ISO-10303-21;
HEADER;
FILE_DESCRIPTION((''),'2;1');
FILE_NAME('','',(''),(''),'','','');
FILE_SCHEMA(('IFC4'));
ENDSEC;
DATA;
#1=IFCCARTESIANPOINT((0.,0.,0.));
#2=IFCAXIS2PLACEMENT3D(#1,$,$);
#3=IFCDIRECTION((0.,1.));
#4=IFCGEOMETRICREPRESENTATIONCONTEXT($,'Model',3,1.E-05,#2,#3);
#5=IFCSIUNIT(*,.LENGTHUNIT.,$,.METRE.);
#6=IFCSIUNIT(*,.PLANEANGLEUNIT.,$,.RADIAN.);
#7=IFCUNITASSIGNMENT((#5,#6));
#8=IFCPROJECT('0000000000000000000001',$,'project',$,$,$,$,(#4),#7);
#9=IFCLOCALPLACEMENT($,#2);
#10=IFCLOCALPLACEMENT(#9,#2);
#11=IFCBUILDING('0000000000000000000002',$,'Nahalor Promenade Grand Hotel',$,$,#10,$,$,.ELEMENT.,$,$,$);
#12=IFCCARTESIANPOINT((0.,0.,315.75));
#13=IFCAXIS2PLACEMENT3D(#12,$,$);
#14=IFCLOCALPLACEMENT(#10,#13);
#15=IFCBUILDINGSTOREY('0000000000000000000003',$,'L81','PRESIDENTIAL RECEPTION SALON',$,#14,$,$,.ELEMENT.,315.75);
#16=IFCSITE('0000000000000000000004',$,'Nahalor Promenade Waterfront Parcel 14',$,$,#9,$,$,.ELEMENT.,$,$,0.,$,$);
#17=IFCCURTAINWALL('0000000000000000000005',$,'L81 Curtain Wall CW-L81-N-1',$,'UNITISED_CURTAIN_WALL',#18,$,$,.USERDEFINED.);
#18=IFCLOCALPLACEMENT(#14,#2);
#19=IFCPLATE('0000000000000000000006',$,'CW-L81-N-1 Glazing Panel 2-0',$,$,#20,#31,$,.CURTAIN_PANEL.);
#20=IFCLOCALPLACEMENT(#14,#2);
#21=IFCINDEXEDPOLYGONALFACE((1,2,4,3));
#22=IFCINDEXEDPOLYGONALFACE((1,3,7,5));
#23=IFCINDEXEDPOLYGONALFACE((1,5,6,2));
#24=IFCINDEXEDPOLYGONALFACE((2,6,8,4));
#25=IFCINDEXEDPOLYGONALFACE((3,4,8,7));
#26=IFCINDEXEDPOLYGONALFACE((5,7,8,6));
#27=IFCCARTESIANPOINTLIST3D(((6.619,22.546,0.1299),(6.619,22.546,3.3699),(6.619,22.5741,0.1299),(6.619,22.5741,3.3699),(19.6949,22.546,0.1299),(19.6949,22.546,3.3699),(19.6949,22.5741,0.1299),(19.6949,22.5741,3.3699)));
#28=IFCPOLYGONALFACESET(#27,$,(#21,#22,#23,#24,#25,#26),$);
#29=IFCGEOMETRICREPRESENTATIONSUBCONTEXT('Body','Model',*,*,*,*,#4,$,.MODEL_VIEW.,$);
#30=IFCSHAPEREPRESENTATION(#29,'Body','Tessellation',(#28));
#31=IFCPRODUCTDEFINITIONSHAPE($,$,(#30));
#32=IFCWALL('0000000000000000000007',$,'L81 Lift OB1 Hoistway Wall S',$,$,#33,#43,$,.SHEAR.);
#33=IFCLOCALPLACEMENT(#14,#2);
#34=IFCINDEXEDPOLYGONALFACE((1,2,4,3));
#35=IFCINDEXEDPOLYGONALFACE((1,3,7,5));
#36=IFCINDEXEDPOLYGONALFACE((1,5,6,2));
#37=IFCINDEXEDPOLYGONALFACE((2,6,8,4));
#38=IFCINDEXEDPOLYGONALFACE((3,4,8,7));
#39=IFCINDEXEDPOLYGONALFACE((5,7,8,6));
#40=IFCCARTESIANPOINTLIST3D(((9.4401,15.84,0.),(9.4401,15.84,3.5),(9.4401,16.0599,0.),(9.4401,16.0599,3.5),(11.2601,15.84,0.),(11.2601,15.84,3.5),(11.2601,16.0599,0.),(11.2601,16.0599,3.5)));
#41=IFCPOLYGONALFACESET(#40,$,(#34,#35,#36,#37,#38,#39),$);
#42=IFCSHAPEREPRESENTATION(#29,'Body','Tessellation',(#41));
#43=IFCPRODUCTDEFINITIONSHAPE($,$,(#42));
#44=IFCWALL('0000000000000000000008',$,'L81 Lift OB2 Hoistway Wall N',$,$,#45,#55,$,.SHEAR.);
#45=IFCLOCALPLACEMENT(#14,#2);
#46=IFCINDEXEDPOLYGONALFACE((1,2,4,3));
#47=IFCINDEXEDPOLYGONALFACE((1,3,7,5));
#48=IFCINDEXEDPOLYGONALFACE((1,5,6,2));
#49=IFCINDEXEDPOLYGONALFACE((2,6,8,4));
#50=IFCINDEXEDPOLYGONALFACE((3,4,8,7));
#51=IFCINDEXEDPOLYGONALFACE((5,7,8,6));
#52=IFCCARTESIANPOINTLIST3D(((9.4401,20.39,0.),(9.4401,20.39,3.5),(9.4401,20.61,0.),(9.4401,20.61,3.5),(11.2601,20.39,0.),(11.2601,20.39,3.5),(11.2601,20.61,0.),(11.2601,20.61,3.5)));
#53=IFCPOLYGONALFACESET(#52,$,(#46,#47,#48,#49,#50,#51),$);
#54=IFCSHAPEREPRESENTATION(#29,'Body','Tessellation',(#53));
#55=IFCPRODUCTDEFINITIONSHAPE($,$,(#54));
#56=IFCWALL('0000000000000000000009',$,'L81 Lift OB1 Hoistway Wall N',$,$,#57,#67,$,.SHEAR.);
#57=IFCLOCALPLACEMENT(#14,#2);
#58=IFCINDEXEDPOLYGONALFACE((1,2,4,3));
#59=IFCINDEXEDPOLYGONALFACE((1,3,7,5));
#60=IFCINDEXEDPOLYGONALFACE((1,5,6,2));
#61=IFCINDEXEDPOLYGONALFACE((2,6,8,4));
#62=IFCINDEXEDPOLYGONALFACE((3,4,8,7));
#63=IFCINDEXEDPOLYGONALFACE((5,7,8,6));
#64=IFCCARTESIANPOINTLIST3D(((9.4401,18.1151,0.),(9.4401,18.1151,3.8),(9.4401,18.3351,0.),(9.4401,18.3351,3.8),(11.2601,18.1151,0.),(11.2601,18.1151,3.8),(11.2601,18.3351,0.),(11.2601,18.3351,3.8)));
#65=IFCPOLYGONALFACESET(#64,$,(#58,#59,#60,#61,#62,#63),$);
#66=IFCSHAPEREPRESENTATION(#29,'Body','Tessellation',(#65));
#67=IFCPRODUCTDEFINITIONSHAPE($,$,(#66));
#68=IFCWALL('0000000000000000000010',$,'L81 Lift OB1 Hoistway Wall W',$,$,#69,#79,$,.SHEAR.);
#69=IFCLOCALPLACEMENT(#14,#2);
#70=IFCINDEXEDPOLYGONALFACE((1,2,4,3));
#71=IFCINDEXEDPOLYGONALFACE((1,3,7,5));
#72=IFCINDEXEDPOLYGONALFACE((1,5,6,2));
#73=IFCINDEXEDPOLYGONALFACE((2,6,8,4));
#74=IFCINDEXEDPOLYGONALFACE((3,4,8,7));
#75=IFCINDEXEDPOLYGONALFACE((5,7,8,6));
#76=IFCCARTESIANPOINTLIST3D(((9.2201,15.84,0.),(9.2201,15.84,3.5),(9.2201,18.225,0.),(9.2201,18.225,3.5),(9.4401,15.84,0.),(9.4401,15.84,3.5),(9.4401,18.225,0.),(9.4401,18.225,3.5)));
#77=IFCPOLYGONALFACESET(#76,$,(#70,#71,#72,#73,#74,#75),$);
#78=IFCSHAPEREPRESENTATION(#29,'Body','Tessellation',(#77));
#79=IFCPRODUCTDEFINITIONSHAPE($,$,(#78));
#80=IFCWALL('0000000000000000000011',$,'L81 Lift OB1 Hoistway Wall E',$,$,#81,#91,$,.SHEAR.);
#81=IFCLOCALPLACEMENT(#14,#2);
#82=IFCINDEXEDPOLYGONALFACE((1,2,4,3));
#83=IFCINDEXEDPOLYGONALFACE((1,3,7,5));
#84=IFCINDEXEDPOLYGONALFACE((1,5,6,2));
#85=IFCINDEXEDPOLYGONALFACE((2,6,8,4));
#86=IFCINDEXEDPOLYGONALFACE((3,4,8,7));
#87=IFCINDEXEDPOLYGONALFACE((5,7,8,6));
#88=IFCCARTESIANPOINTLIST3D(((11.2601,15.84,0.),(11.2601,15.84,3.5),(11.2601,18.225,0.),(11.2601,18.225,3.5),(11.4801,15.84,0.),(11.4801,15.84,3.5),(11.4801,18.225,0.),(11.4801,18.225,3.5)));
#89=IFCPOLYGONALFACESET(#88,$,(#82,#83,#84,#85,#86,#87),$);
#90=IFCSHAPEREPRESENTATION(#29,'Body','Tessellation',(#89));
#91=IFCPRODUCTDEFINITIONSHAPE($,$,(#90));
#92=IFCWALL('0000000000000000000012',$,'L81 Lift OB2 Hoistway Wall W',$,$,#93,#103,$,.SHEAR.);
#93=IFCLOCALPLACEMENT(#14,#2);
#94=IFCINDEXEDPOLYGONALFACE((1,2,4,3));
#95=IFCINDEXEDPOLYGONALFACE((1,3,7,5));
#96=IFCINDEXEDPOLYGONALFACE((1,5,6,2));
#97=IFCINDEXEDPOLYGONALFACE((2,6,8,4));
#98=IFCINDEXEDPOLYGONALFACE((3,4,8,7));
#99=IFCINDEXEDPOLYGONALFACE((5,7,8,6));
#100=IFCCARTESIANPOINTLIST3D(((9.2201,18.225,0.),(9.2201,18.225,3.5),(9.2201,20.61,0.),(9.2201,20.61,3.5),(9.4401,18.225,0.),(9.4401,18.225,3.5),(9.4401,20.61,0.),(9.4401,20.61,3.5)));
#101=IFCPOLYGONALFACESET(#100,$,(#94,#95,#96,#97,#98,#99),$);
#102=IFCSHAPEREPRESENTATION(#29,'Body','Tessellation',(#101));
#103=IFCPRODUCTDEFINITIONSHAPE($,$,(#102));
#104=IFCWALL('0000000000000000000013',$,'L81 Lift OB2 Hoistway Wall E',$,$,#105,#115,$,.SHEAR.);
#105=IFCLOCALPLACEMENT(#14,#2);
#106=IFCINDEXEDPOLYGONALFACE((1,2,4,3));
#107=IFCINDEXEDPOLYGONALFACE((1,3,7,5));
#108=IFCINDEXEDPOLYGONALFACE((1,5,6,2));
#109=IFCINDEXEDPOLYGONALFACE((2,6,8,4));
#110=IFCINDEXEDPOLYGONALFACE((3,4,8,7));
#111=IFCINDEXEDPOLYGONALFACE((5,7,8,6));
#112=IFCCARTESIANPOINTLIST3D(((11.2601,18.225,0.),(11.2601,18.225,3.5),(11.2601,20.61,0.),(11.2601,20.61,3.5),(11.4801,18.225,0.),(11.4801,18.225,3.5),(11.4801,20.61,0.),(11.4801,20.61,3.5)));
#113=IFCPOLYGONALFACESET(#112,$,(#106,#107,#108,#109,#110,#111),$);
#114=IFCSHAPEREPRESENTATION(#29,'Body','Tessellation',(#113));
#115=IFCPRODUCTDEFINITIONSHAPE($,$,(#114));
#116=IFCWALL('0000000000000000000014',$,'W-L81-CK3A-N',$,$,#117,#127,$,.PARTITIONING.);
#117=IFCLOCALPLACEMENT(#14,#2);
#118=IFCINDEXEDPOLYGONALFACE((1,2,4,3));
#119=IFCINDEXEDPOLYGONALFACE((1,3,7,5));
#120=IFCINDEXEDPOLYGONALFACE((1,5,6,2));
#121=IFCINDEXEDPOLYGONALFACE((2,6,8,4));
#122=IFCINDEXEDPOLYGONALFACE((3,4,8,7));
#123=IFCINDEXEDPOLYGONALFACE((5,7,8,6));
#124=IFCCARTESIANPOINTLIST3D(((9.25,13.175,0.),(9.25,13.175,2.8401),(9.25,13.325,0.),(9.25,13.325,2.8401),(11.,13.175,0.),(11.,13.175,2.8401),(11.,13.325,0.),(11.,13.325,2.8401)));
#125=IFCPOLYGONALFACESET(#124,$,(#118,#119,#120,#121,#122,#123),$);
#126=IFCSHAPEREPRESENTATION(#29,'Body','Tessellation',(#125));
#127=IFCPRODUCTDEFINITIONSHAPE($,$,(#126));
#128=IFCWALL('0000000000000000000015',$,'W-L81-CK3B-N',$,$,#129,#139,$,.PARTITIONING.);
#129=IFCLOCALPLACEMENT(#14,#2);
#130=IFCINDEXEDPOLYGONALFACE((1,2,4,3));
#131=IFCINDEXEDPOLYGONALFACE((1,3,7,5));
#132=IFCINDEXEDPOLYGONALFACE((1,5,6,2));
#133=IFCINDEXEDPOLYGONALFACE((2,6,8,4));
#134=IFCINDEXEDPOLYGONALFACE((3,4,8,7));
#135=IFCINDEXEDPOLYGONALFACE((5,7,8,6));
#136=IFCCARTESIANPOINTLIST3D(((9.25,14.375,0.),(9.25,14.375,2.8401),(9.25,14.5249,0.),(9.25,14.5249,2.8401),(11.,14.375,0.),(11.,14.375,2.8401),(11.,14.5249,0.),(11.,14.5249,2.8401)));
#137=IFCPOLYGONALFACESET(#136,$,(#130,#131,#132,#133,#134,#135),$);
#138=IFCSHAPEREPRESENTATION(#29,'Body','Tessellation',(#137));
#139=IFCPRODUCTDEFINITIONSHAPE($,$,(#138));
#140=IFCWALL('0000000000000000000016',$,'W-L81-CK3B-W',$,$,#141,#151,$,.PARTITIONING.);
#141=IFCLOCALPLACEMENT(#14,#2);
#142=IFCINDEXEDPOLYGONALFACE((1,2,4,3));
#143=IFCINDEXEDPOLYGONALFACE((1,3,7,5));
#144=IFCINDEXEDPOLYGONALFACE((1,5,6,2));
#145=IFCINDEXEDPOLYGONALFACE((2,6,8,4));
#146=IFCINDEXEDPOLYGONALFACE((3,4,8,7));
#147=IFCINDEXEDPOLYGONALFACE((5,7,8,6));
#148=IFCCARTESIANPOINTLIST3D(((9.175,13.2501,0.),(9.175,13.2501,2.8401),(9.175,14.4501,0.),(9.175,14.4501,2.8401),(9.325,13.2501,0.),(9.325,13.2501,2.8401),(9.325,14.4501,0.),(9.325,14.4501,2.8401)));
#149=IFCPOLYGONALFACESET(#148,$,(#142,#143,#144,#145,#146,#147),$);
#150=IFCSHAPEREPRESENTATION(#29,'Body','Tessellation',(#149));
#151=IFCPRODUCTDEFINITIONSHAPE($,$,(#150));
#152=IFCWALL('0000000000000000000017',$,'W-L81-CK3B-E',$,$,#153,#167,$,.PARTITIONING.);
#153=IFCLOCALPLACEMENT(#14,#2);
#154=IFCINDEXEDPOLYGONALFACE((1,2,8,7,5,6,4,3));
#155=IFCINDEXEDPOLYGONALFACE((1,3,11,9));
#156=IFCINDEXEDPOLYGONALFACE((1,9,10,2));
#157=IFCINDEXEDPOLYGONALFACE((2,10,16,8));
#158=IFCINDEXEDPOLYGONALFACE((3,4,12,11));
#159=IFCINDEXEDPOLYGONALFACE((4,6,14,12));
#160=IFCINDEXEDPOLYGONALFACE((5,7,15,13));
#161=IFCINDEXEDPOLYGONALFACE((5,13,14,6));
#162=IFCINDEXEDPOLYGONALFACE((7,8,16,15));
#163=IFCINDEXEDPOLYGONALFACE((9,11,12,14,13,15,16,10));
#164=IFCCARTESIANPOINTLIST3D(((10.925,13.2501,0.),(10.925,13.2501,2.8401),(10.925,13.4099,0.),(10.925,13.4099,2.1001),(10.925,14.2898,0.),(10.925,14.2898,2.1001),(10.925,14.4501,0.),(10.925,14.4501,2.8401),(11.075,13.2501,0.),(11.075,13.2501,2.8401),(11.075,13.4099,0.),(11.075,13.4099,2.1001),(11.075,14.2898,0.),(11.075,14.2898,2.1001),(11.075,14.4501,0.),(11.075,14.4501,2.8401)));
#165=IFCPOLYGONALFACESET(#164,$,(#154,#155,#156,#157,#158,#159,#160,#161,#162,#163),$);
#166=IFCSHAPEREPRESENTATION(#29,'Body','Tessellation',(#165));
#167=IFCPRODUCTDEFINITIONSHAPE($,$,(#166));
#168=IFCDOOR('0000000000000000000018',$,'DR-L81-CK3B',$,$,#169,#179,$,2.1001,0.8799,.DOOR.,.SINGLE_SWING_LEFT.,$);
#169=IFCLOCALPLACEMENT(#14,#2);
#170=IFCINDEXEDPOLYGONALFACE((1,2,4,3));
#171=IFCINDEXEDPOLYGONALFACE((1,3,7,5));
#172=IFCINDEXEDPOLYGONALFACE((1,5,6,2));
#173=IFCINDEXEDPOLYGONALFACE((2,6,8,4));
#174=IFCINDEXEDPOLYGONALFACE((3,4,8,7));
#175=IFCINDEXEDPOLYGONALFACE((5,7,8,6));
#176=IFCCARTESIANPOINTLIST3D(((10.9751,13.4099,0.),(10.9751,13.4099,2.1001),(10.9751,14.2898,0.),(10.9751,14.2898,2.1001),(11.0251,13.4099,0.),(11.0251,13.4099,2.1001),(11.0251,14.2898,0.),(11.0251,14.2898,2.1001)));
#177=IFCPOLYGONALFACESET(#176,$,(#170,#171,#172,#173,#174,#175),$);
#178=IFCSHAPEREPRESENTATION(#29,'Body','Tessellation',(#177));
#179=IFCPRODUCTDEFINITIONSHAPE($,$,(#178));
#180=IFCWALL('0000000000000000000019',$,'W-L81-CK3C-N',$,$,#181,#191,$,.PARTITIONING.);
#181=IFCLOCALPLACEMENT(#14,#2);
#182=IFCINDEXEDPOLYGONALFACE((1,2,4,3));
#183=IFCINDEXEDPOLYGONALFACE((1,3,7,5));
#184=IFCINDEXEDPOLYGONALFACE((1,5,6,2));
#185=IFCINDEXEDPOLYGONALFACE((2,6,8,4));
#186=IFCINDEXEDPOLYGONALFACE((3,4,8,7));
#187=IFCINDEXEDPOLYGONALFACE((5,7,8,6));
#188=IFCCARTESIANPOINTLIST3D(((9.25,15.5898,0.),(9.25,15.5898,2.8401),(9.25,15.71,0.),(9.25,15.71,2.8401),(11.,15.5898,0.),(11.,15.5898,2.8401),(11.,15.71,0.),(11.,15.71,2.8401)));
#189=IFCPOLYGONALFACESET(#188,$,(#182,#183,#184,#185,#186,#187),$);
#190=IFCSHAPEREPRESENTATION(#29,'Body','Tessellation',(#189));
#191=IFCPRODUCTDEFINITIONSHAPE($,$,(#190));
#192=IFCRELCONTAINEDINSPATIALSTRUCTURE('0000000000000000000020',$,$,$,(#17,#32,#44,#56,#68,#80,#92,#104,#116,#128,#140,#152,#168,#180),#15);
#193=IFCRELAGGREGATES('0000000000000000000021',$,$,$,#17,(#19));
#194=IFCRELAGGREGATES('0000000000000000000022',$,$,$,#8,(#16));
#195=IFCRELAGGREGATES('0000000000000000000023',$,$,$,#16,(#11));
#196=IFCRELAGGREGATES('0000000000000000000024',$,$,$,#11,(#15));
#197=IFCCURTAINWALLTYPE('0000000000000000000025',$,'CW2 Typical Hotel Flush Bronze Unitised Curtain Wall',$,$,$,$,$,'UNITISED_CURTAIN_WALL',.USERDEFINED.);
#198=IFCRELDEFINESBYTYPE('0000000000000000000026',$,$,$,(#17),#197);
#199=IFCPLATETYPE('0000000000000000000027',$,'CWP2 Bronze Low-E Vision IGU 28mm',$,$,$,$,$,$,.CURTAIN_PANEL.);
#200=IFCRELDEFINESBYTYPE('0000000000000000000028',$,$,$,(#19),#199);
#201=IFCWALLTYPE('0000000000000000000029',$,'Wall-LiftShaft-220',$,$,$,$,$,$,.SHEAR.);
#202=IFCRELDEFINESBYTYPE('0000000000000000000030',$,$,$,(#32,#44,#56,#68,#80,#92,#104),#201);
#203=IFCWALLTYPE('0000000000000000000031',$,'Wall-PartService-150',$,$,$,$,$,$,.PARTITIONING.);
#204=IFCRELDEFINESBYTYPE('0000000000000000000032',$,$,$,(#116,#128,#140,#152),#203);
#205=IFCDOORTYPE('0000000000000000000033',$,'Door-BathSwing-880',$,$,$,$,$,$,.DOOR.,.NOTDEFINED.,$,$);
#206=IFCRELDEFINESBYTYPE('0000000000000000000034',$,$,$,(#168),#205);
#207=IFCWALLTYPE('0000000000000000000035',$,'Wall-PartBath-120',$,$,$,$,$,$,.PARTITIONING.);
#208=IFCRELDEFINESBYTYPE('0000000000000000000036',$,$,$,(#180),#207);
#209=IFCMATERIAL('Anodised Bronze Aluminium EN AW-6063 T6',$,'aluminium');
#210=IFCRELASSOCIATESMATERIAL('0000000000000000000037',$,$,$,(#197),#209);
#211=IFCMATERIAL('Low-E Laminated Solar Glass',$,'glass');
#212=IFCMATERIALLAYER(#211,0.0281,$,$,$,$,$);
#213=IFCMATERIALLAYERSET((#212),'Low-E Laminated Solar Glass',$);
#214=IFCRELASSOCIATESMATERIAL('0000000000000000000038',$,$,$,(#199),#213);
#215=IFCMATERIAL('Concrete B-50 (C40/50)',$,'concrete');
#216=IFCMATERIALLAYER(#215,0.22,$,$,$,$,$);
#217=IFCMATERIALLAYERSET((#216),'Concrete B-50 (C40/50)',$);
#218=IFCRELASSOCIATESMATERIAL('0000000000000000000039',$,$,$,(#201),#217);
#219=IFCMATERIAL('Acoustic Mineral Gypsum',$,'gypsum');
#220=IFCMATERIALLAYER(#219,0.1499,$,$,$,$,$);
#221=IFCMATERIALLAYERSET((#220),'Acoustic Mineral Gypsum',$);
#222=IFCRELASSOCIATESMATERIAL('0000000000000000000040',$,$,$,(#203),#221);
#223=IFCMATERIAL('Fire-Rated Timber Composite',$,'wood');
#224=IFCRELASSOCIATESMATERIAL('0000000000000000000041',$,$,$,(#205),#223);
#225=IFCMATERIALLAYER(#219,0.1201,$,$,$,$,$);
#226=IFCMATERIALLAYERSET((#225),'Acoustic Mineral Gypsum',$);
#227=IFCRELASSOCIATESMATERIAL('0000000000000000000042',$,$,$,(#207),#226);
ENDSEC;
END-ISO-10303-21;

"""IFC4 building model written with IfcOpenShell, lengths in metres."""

from ifc_helpers import new_model, si_unit, direction, frame, frame_2d, origin, origin_2d, place, context, subcontext, project, spatial, rectangle, extrude, source, transform, mapped, material, layer, layer_set, type_object, element, fill, aggregate, save


model = new_model("IFC4")

# Units and contexts
model_context = context("Model", 3, precision=1e-05, world=origin(), true_north=direction((0.0, 1.0)))
body_context = subcontext(model_context, "Body", "Model", "MODEL_VIEW")
ifc_project = project(units=[si_unit("LENGTHUNIT", "METRE"), si_unit("PLANEANGLEUNIT", "RADIAN")], contexts=[model_context])

# Site, building, storey
site_placement = place(None, origin())
site = spatial("IfcSite", under=ifc_project, at=site_placement, Name="Nahalor Promenade Waterfront Parcel 14", CompositionType="ELEMENT", RefElevation=0.0)
building_placement = place(site_placement, origin())
building = spatial("IfcBuilding", under=site, at=building_placement, Name="Nahalor Promenade Grand Hotel", CompositionType="ELEMENT")
storey_placement = place(building_placement, frame((0.0, 0.0, 315.75)))
storey = spatial("IfcBuildingStorey", under=building, at=storey_placement, Name="L81", Description="PRESIDENTIAL RECEPTION SALON", CompositionType="ELEMENT", Elevation=315.75)

# Shared definitions
ifc_material_1 = material(Name="Concrete B-50 (C40/50)", Category="concrete")

# Curtain wall, plate
ifc_material_2 = material(Name="Anodised Bronze Aluminium EN AW-6063 T6", Category="aluminium")
curtain_wall_type = type_object("IfcCurtainWallType", Name="CW2 Typical Hotel Flush Bronze Unitised Curtain Wall", ElementType="UNITISED_CURTAIN_WALL", PredefinedType="USERDEFINED", material=ifc_material_2)
curtain_wall_placement = place(storey_placement, origin())
curtain_wall = element("IfcCurtainWall", 1, at=curtain_wall_placement, inside=storey, type_object=curtain_wall_type, Name="L81 Curtain Wall CW-L81-N-1", ObjectType="UNITISED_CURTAIN_WALL", PredefinedType="USERDEFINED")
ifc_material_3 = material(Name="Low-E Laminated Solar Glass", Category="glass")
ifc_layer_1 = layer(ifc_material_3, 0.0281)
ifc_layer_set_1 = layer_set([ifc_layer_1], Name="Low-E Laminated Solar Glass")
plate_type = type_object("IfcPlateType", Name="CWP2 Bronze Low-E Vision IGU 28mm", PredefinedType="CURTAIN_PANEL", material=ifc_layer_set_1)
shared_shape_1 = source(origin(), body_context, "Body", "SweptSolid", [
    extrude(rectangle(XDim=13.0759, YDim=0.0281, at=origin_2d()), origin(), (0.0, 0.0, 1.0), 3.24),
])
plate_placement = place(storey_placement, frame((13.157, 22.5601, 0.1299), z_axis=(0.0, 0.0, 1.0), x_axis=(1.0, 0.0, 0.0)))
plate = element("IfcPlate", 2, at=plate_placement, type_object=plate_type, Name="CW-L81-N-1 Glazing Panel 2-0", PredefinedType="CURTAIN_PANEL", context=body_context, shape_type="MappedRepresentation", body=[
    mapped(shared_shape_1, transform((0.0, 0.0, 0.0), scale=1.0)),
])
aggregate(curtain_wall, [plate])

# Walls
ifc_layer_2 = layer(ifc_material_1, 0.22)
ifc_layer_set_2 = layer_set([ifc_layer_2], Name="Concrete B-50 (C40/50)")
wall_type_1 = type_object("IfcWallType", Name="Wall-LiftShaft-220", PredefinedType="SHEAR", material=ifc_layer_set_2)
shared_shape_2 = source(origin(), body_context, "Body", "SweptSolid", [
    extrude(rectangle(XDim=1.8201, YDim=0.22, at=frame_2d((0.9102, 0.0))), origin(), (0.0, 0.0, 1.0), 3.5),
])
for number, where, z_axis, x_axis, name in (
    (3, (9.4399, 15.95, 0.0), (0.0, 0.0, 1.0), (1.0, 0.0, 0.0), "L81 Lift OB1 Hoistway Wall S"),
    (4, (9.4399, 20.5, 0.0), (0.0, 0.0, 1.0), (1.0, 0.0, 0.0), "L81 Lift OB2 Hoistway Wall N"),
):
    element("IfcWall", number, at=place(storey_placement, frame(where, z_axis=z_axis, x_axis=x_axis)), inside=storey, type_object=wall_type_1, Name=name, PredefinedType="SHEAR", context=body_context, shape_type="MappedRepresentation", body=[
        mapped(shared_shape_2, transform((0.0, 0.0, 0.0), scale=1.0)),
    ])
shared_shape_3 = source(origin(), body_context, "Body", "SweptSolid", [
    extrude(rectangle(XDim=1.8201, YDim=0.22, at=frame_2d((0.9102, 0.0))), origin(), (0.0, 0.0, 1.0), 3.8),
])
wall_1_placement = place(storey_placement, frame((9.4399, 18.2251, 0.0), z_axis=(0.0, 0.0, 1.0), x_axis=(1.0, 0.0, 0.0)))
element("IfcWall", 5, at=wall_1_placement, inside=storey, type_object=wall_type_1, Name="L81 Lift OB1 Hoistway Wall N", PredefinedType="SHEAR", context=body_context, shape_type="MappedRepresentation", body=[
    mapped(shared_shape_3, transform((0.0, 0.0, 0.0), scale=1.0)),
])
shared_shape_4 = source(origin(), body_context, "Body", "SweptSolid", [
    extrude(rectangle(XDim=2.385, YDim=0.22, at=frame_2d((1.1924, 0.0))), origin(), (0.0, 0.0, 1.0), 3.5),
])
for number, where, z_axis, x_axis, name in (
    (6, (9.3301, 15.8401, 0.0), (0.0, 0.0, 1.0), (0.0, 1.0, 0.0), "L81 Lift OB1 Hoistway Wall W"),
    (7, (11.3701, 15.8401, 0.0), (0.0, 0.0, 1.0), (0.0, 1.0, 0.0), "L81 Lift OB1 Hoistway Wall E"),
    (8, (9.3301, 18.2251, 0.0), (0.0, 0.0, 1.0), (0.0, 1.0, 0.0), "L81 Lift OB2 Hoistway Wall W"),
    (9, (11.3701, 18.2251, 0.0), (0.0, 0.0, 1.0), (0.0, 1.0, 0.0), "L81 Lift OB2 Hoistway Wall E"),
):
    element("IfcWall", number, at=place(storey_placement, frame(where, z_axis=z_axis, x_axis=x_axis)), inside=storey, type_object=wall_type_1, Name=name, PredefinedType="SHEAR", context=body_context, shape_type="MappedRepresentation", body=[
        mapped(shared_shape_4, transform((0.0, 0.0, 0.0), scale=1.0)),
    ])
ifc_material_4 = material(Name="Acoustic Mineral Gypsum", Category="gypsum")
ifc_layer_3 = layer(ifc_material_4, 0.1499)
ifc_layer_set_3 = layer_set([ifc_layer_3], Name="Acoustic Mineral Gypsum")
wall_type_2 = type_object("IfcWallType", Name="Wall-PartService-150", PredefinedType="PARTITIONING", material=ifc_layer_set_3)
shared_shape_5 = source(origin(), body_context, "Body", "SweptSolid", [
    extrude(rectangle(XDim=1.75, YDim=0.1499, at=frame_2d((0.875, 0.0))), origin(), (0.0, 0.0, 1.0), 2.8401),
])
for number, where, z_axis, x_axis, name in (
    (10, (9.25, 13.25, 0.0), (0.0, 0.0, 1.0), (1.0, 0.0, 0.0), "W-L81-CK3A-N"),
    (11, (9.25, 14.45, 0.0), (0.0, 0.0, 1.0), (1.0, 0.0, 0.0), "W-L81-CK3B-N"),
):
    element("IfcWall", number, at=place(storey_placement, frame(where, z_axis=z_axis, x_axis=x_axis)), inside=storey, type_object=wall_type_2, Name=name, PredefinedType="PARTITIONING", context=body_context, shape_type="MappedRepresentation", body=[
        mapped(shared_shape_5, transform((0.0, 0.0, 0.0), scale=1.0)),
    ])
shared_shape_6 = source(origin(), body_context, "Body", "SweptSolid", [
    extrude(rectangle(XDim=1.2, YDim=0.1499, at=frame_2d((0.6001, 0.0))), origin(), (0.0, 0.0, 1.0), 2.8401),
])
wall_2_placement = place(storey_placement, frame((9.25, 13.25, 0.0), z_axis=(0.0, 0.0, 1.0), x_axis=(0.0, 1.0, 0.0)))
element("IfcWall", 12, at=wall_2_placement, inside=storey, type_object=wall_type_2, Name="W-L81-CK3B-W", PredefinedType="PARTITIONING", context=body_context, shape_type="MappedRepresentation", body=[
    mapped(shared_shape_6, transform((0.0, 0.0, 0.0), scale=1.0)),
])

# Wall, opening, door
wall_3_placement = place(storey_placement, frame((11.0, 13.25, 0.0), z_axis=(0.0, 0.0, 1.0), x_axis=(0.0, 1.0, 0.0)))
wall_3 = element("IfcWall", 13, at=wall_3_placement, inside=storey, type_object=wall_type_2, Name="W-L81-CK3B-E", PredefinedType="PARTITIONING", context=body_context, shape_type="MappedRepresentation", body=[
    mapped(shared_shape_6, transform((0.0, 0.0, 0.0), scale=1.0)),
])
opening_1_placement = place(wall_3_placement, frame((0.1599, 0.0, 0.0)))
opening_1 = element("IfcOpeningElement", 14, at=opening_1_placement, cuts=wall_3, PredefinedType="OPENING", context=body_context, shape_type="SweptSolid", body=[
    extrude(rectangle(XDim=0.8799, YDim=2.1001, at=frame_2d((0.4399, 1.05))), frame((0.0, 0.085, 0.0), z_axis=(0.0, -1.0, 0.0), x_axis=(1.0, 0.0, 0.0)), (0.0, 0.0, 1.0), 0.1699),
])
ifc_material_5 = material(Name="Fire-Rated Timber Composite", Category="wood")
door_type = type_object("IfcDoorType", Name="Door-BathSwing-880", OperationType="NOTDEFINED", PredefinedType="DOOR", material=ifc_material_5)
shared_shape_7 = source(origin(), body_context, "Body", "SweptSolid", [
    extrude(rectangle(XDim=0.8799, YDim=2.1001, at=frame_2d((0.4399, 1.05))), frame((0.0, 0.0249, 0.0), z_axis=(0.0, -1.0, 0.0), x_axis=(1.0, 0.0, 0.0)), (0.0, 0.0, 1.0), 0.05),
])
door_1_placement = place(opening_1_placement, origin())
door_1 = element("IfcDoor", 15, at=door_1_placement, inside=storey, type_object=door_type, Name="DR-L81-CK3B", OperationType="SINGLE_SWING_LEFT", OverallHeight=2.1001, OverallWidth=0.8799, PredefinedType="DOOR", context=body_context, shape_type="MappedRepresentation", body=[
    mapped(shared_shape_7, transform((0.0, 0.0, 0.0), scale=1.0)),
])
fill(opening_1, door_1)

# Wall
ifc_layer_4 = layer(ifc_material_4, 0.1201)
ifc_layer_set_4 = layer_set([ifc_layer_4], Name="Acoustic Mineral Gypsum")
wall_type_3 = type_object("IfcWallType", Name="Wall-PartBath-120", PredefinedType="PARTITIONING", material=ifc_layer_set_4)
shared_shape_8 = source(origin(), body_context, "Body", "SweptSolid", [
    extrude(rectangle(XDim=1.75, YDim=0.1201, at=frame_2d((0.875, 0.0))), origin(), (0.0, 0.0, 1.0), 2.8401),
])
wall_4_placement = place(storey_placement, frame((9.25, 15.6499, 0.0), z_axis=(0.0, 0.0, 1.0), x_axis=(1.0, 0.0, 0.0)))
element("IfcWall", 16, at=wall_4_placement, inside=storey, type_object=wall_type_3, Name="W-L81-CK3C-N", PredefinedType="PARTITIONING", context=body_context, shape_type="MappedRepresentation", body=[
    mapped(shared_shape_8, transform((0.0, 0.0, 0.0), scale=1.0)),
])

save(model, "model.ifc")
